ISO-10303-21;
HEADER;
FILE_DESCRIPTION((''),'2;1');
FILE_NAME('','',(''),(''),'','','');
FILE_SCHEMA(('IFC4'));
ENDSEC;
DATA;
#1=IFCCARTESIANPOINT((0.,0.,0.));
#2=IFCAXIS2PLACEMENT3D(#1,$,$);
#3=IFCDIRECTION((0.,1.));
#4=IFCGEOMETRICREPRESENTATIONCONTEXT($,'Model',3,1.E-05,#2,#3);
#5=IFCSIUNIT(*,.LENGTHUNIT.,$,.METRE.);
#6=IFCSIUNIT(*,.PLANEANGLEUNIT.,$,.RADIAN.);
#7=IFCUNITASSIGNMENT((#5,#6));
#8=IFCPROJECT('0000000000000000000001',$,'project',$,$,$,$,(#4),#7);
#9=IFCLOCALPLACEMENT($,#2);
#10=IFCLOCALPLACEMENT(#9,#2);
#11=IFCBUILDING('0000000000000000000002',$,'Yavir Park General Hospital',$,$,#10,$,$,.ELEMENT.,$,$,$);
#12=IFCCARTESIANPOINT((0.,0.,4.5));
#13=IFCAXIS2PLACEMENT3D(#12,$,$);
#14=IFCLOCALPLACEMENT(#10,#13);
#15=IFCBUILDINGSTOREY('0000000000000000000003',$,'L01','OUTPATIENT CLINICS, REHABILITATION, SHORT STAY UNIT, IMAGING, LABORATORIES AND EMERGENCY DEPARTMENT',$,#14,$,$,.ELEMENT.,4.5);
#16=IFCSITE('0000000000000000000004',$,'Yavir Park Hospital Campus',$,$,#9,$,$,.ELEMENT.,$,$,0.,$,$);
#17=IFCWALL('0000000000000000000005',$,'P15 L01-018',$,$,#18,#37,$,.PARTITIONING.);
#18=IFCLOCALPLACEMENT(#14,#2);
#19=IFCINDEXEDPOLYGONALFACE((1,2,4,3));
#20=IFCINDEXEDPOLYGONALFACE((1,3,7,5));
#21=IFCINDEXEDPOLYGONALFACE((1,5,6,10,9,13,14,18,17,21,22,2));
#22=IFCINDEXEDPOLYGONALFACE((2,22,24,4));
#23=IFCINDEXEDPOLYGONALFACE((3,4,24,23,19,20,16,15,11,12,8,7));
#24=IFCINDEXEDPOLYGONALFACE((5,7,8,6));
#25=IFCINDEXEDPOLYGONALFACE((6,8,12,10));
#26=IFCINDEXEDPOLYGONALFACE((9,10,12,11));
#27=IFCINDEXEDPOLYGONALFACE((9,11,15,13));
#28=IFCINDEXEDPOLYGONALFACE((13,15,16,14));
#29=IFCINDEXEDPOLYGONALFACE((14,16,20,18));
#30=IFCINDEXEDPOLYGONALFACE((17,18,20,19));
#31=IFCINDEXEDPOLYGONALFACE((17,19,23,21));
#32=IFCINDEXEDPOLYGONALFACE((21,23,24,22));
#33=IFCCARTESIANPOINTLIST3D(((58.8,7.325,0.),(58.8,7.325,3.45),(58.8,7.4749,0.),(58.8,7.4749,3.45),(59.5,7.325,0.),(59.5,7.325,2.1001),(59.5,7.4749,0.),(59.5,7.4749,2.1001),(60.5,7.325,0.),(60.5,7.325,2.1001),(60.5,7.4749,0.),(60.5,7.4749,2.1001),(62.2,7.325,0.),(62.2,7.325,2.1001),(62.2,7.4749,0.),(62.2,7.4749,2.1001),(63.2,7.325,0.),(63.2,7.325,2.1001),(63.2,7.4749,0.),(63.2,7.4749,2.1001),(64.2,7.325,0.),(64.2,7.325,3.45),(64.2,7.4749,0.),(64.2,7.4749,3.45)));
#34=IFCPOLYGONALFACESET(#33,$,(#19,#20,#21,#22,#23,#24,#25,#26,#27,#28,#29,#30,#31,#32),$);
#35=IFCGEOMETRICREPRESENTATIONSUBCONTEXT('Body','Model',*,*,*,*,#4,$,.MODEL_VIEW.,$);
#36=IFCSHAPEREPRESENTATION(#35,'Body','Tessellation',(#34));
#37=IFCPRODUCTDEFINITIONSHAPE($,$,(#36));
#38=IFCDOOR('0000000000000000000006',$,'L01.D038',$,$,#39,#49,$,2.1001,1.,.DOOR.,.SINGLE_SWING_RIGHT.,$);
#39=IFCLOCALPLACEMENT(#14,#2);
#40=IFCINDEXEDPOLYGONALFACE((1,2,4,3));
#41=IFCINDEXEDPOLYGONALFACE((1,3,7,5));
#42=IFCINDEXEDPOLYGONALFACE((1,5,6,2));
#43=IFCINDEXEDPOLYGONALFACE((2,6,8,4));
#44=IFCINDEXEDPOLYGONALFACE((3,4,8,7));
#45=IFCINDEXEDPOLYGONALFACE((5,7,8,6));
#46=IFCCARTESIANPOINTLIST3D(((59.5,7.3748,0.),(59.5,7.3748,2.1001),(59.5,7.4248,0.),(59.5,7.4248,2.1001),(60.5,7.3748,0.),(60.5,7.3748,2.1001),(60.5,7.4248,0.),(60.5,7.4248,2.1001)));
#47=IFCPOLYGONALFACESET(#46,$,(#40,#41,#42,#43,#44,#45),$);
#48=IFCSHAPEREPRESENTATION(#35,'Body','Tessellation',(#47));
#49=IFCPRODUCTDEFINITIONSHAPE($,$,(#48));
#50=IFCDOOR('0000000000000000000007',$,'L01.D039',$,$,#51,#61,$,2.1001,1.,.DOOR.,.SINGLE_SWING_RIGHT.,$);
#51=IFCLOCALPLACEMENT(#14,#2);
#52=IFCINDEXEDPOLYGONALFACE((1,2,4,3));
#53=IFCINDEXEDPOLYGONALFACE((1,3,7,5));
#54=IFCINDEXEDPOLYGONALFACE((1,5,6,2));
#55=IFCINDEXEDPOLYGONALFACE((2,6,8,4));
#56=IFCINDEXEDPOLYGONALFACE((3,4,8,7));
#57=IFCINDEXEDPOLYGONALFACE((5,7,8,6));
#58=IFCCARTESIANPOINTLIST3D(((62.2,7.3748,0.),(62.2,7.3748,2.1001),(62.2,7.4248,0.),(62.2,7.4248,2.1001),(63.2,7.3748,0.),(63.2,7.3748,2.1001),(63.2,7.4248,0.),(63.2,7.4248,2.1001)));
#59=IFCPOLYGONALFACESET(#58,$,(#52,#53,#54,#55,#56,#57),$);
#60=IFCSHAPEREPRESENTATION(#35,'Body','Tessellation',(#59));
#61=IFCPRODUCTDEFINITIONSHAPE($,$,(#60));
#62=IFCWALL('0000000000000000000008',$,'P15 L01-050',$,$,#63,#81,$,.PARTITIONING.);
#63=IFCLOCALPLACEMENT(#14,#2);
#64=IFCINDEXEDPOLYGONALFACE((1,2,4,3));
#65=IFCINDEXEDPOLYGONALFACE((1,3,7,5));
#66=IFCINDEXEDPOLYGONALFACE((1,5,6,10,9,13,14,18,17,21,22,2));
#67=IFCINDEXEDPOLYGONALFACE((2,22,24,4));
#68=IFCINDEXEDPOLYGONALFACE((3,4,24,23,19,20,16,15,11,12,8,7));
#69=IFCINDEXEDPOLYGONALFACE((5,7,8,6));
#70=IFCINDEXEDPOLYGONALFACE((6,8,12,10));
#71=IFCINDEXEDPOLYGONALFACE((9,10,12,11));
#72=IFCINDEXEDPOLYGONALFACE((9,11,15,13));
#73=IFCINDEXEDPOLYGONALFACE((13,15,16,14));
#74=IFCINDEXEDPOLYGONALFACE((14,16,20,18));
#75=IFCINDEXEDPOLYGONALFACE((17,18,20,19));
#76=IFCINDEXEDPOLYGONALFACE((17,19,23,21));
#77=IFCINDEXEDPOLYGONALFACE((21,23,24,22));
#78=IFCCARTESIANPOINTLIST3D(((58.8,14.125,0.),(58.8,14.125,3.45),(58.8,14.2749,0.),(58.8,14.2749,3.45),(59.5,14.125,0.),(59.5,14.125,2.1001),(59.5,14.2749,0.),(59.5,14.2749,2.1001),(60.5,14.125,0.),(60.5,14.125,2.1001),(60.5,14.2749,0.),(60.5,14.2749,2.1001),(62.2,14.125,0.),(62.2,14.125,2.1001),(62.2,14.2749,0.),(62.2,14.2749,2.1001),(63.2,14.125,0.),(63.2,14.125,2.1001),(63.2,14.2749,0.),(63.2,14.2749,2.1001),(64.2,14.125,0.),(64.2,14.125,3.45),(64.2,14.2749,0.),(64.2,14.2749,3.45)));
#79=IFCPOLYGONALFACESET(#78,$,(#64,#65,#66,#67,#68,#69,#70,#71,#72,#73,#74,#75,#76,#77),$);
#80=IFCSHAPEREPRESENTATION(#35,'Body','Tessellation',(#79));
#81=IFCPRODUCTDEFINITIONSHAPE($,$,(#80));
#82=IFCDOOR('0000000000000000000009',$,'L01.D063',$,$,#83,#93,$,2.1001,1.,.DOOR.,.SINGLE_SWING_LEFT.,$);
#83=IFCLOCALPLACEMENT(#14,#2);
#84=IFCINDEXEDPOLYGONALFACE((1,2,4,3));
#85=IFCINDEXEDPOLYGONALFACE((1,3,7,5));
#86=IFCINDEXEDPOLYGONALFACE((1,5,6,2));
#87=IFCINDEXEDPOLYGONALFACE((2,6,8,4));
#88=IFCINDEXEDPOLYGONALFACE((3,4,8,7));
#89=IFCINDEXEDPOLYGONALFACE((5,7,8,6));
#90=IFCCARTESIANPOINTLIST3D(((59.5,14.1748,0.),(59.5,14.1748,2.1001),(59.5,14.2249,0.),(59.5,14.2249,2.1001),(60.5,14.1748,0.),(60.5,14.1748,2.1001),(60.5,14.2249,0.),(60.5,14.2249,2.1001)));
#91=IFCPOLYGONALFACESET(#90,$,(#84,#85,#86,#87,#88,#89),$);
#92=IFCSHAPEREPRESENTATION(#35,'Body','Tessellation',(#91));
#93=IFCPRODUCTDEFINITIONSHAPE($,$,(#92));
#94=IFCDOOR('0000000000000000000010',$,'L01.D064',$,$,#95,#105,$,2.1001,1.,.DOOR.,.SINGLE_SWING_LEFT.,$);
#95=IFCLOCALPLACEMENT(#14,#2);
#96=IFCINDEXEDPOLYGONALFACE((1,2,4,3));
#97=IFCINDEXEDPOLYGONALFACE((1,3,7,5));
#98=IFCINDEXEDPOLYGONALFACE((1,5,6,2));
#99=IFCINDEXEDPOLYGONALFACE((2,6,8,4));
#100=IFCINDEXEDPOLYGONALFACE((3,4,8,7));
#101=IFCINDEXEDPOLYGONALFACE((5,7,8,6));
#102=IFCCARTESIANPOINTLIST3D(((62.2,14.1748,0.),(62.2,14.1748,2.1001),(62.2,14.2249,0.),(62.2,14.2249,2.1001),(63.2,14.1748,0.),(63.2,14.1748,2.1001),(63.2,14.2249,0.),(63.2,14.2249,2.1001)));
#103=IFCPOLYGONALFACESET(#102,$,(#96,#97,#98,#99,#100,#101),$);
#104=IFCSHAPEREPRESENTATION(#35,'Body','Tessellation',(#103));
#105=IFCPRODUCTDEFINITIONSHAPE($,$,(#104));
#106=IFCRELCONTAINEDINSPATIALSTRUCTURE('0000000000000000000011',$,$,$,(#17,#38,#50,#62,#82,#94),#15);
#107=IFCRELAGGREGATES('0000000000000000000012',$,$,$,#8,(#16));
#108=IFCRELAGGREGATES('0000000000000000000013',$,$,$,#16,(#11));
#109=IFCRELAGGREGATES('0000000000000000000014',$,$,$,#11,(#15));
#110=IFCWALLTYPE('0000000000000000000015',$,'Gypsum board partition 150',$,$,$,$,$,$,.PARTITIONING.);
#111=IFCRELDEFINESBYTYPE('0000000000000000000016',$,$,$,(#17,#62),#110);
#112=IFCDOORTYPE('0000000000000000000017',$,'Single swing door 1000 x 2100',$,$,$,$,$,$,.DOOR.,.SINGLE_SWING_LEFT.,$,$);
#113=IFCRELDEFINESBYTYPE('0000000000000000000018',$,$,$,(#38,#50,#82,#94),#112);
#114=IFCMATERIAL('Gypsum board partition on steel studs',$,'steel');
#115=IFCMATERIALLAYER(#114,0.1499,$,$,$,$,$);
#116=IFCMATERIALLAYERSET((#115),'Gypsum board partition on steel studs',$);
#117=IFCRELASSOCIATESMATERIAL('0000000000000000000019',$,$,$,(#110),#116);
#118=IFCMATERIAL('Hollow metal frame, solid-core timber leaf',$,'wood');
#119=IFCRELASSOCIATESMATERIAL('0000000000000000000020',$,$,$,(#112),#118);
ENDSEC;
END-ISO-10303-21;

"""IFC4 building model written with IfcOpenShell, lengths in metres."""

from ifc_helpers import new_model, si_unit, direction, frame, frame_2d, origin, place, context, subcontext, project, spatial, rectangle, extrude, material, layer, layer_set, type_object, element, fill, save


model = new_model("IFC4")

# Units and contexts
model_context = context("Model", 3, precision=1e-05, world=origin(), true_north=direction((0.0, 1.0)))
body_context = subcontext(model_context, "Body", "Model", "MODEL_VIEW")
ifc_project = project(units=[si_unit("LENGTHUNIT", "METRE"), si_unit("PLANEANGLEUNIT", "RADIAN")], contexts=[model_context])

# Site, building, storey
site_placement = place(None, origin())
site = spatial("IfcSite", under=ifc_project, at=site_placement, Name="Yavir Park Hospital Campus", CompositionType="ELEMENT", RefElevation=0.0)
building_placement = place(site_placement, origin())
building = spatial("IfcBuilding", under=site, at=building_placement, Name="Yavir Park General Hospital", CompositionType="ELEMENT")
storey_placement = place(building_placement, frame((0.0, 0.0, 4.5)))
storey = spatial("IfcBuildingStorey", under=building, at=storey_placement, Name="L01", Description="OUTPATIENT CLINICS, REHABILITATION, SHORT STAY UNIT, IMAGING, LABORATORIES AND EMERGENCY DEPARTMENT", CompositionType="ELEMENT", Elevation=4.5)

# Walls, openings, doors
ifc_material_1 = material(Name="Gypsum board partition on steel studs", Category="steel")
ifc_layer_1 = layer(ifc_material_1, 0.1499)
ifc_layer_set_1 = layer_set([ifc_layer_1], Name="Gypsum board partition on steel studs")
wall_type_1 = type_object("IfcWallType", Name="Gypsum board partition 150", PredefinedType="PARTITIONING", material=ifc_layer_set_1)
wall_1_placement = place(storey_placement, frame((58.8, 7.3999, 0.0), z_axis=(0.0, 0.0, 1.0), x_axis=(1.0, 0.0, 0.0)))
wall_1 = element("IfcWall", 1, at=wall_1_placement, inside=storey, type_object=wall_type_1, Name="P15 L01-018", PredefinedType="PARTITIONING", context=body_context, shape_type="SweptSolid", body=[
    extrude(rectangle(XDim=5.3999, YDim=0.1499, at=frame_2d((2.7, 0.0))), origin(), (0.0, 0.0, 1.0), 3.45),
])
opening_1_placement = place(wall_1_placement, frame((0.7, 0.0, 0.0)))
opening_1 = element("IfcOpeningElement", 2, at=opening_1_placement, cuts=wall_1, PredefinedType="OPENING", context=body_context, shape_type="SweptSolid", body=[
    extrude(rectangle(XDim=1.0, YDim=2.1001, at=frame_2d((0.5, 1.05))), frame((0.0, 0.085, 0.0), z_axis=(0.0, -1.0, 0.0), x_axis=(1.0, 0.0, 0.0)), (0.0, 0.0, 1.0), 0.1699),
])
opening_2_placement = place(wall_1_placement, frame((3.3999, 0.0, 0.0)))
opening_2 = element("IfcOpeningElement", 3, at=opening_2_placement, cuts=wall_1, PredefinedType="OPENING", context=body_context, shape_type="SweptSolid", body=[
    extrude(rectangle(XDim=1.0, YDim=2.1001, at=frame_2d((0.5, 1.05))), frame((0.0, 0.085, 0.0), z_axis=(0.0, -1.0, 0.0), x_axis=(1.0, 0.0, 0.0)), (0.0, 0.0, 1.0), 0.1699),
])
ifc_material_2 = material(Name="Hollow metal frame, solid-core timber leaf", Category="wood")
door_type_1 = type_object("IfcDoorType", Name="Single swing door 1000 x 2100", OperationType="SINGLE_SWING_LEFT", PredefinedType="DOOR", material=ifc_material_2)
door_1_placement = place(opening_1_placement, origin())
door_1 = element("IfcDoor", 4, at=door_1_placement, inside=storey, type_object=door_type_1, Name="L01.D038", OperationType="SINGLE_SWING_RIGHT", OverallHeight=2.1001, OverallWidth=1.0, PredefinedType="DOOR", context=body_context, shape_type="SweptSolid", body=[
    extrude(rectangle(XDim=1.0, YDim=2.1001, at=frame_2d((0.5, 1.05))), frame((0.0, 0.0249, 0.0), z_axis=(0.0, -1.0, 0.0), x_axis=(1.0, 0.0, 0.0)), (0.0, 0.0, 1.0), 0.05),
])
fill(opening_1, door_1)
door_2_placement = place(opening_2_placement, origin())
door_2 = element("IfcDoor", 5, at=door_2_placement, inside=storey, type_object=door_type_1, Name="L01.D039", OperationType="SINGLE_SWING_RIGHT", OverallHeight=2.1001, OverallWidth=1.0, PredefinedType="DOOR", context=body_context, shape_type="SweptSolid", body=[
    extrude(rectangle(XDim=1.0, YDim=2.1001, at=frame_2d((0.5, 1.05))), frame((0.0, 0.0249, 0.0), z_axis=(0.0, -1.0, 0.0), x_axis=(1.0, 0.0, 0.0)), (0.0, 0.0, 1.0), 0.05),
])
fill(opening_2, door_2)
wall_2_placement = place(storey_placement, frame((58.8, 14.2, 0.0), z_axis=(0.0, 0.0, 1.0), x_axis=(1.0, 0.0, 0.0)))
wall_2 = element("IfcWall", 6, at=wall_2_placement, inside=storey, type_object=wall_type_1, Name="P15 L01-050", PredefinedType="PARTITIONING", context=body_context, shape_type="SweptSolid", body=[
    extrude(rectangle(XDim=5.3999, YDim=0.1499, at=frame_2d((2.7, 0.0))), origin(), (0.0, 0.0, 1.0), 3.45),
])
opening_3_placement = place(wall_2_placement, frame((0.7, 0.0, 0.0)))
opening_3 = element("IfcOpeningElement", 7, at=opening_3_placement, cuts=wall_2, PredefinedType="OPENING", context=body_context, shape_type="SweptSolid", body=[
    extrude(rectangle(XDim=1.0, YDim=2.1001, at=frame_2d((0.5, 1.05))), frame((0.0, 0.085, 0.0), z_axis=(0.0, -1.0, 0.0), x_axis=(1.0, 0.0, 0.0)), (0.0, 0.0, 1.0), 0.1699),
])
opening_4_placement = place(wall_2_placement, frame((3.3999, 0.0, 0.0)))
opening_4 = element("IfcOpeningElement", 8, at=opening_4_placement, cuts=wall_2, PredefinedType="OPENING", context=body_context, shape_type="SweptSolid", body=[
    extrude(rectangle(XDim=1.0, YDim=2.1001, at=frame_2d((0.5, 1.05))), frame((0.0, 0.085, 0.0), z_axis=(0.0, -1.0, 0.0), x_axis=(1.0, 0.0, 0.0)), (0.0, 0.0, 1.0), 0.1699),
])
door_3_placement = place(opening_3_placement, origin())
door_3 = element("IfcDoor", 9, at=door_3_placement, inside=storey, type_object=door_type_1, Name="L01.D063", OperationType="SINGLE_SWING_LEFT", OverallHeight=2.1001, OverallWidth=1.0, PredefinedType="DOOR", context=body_context, shape_type="SweptSolid", body=[
    extrude(rectangle(XDim=1.0, YDim=2.1001, at=frame_2d((0.5, 1.05))), frame((0.0, 0.0249, 0.0), z_axis=(0.0, -1.0, 0.0), x_axis=(1.0, 0.0, 0.0)), (0.0, 0.0, 1.0), 0.05),
])
fill(opening_3, door_3)
door_4_placement = place(opening_4_placement, origin())
door_4 = element("IfcDoor", 10, at=door_4_placement, inside=storey, type_object=door_type_1, Name="L01.D064", OperationType="SINGLE_SWING_LEFT", OverallHeight=2.1001, OverallWidth=1.0, PredefinedType="DOOR", context=body_context, shape_type="SweptSolid", body=[
    extrude(rectangle(XDim=1.0, YDim=2.1001, at=frame_2d((0.5, 1.05))), frame((0.0, 0.0249, 0.0), z_axis=(0.0, -1.0, 0.0), x_axis=(1.0, 0.0, 0.0)), (0.0, 0.0, 1.0), 0.05),
])
fill(opening_4, door_4)

save(model, "model.ifc")
